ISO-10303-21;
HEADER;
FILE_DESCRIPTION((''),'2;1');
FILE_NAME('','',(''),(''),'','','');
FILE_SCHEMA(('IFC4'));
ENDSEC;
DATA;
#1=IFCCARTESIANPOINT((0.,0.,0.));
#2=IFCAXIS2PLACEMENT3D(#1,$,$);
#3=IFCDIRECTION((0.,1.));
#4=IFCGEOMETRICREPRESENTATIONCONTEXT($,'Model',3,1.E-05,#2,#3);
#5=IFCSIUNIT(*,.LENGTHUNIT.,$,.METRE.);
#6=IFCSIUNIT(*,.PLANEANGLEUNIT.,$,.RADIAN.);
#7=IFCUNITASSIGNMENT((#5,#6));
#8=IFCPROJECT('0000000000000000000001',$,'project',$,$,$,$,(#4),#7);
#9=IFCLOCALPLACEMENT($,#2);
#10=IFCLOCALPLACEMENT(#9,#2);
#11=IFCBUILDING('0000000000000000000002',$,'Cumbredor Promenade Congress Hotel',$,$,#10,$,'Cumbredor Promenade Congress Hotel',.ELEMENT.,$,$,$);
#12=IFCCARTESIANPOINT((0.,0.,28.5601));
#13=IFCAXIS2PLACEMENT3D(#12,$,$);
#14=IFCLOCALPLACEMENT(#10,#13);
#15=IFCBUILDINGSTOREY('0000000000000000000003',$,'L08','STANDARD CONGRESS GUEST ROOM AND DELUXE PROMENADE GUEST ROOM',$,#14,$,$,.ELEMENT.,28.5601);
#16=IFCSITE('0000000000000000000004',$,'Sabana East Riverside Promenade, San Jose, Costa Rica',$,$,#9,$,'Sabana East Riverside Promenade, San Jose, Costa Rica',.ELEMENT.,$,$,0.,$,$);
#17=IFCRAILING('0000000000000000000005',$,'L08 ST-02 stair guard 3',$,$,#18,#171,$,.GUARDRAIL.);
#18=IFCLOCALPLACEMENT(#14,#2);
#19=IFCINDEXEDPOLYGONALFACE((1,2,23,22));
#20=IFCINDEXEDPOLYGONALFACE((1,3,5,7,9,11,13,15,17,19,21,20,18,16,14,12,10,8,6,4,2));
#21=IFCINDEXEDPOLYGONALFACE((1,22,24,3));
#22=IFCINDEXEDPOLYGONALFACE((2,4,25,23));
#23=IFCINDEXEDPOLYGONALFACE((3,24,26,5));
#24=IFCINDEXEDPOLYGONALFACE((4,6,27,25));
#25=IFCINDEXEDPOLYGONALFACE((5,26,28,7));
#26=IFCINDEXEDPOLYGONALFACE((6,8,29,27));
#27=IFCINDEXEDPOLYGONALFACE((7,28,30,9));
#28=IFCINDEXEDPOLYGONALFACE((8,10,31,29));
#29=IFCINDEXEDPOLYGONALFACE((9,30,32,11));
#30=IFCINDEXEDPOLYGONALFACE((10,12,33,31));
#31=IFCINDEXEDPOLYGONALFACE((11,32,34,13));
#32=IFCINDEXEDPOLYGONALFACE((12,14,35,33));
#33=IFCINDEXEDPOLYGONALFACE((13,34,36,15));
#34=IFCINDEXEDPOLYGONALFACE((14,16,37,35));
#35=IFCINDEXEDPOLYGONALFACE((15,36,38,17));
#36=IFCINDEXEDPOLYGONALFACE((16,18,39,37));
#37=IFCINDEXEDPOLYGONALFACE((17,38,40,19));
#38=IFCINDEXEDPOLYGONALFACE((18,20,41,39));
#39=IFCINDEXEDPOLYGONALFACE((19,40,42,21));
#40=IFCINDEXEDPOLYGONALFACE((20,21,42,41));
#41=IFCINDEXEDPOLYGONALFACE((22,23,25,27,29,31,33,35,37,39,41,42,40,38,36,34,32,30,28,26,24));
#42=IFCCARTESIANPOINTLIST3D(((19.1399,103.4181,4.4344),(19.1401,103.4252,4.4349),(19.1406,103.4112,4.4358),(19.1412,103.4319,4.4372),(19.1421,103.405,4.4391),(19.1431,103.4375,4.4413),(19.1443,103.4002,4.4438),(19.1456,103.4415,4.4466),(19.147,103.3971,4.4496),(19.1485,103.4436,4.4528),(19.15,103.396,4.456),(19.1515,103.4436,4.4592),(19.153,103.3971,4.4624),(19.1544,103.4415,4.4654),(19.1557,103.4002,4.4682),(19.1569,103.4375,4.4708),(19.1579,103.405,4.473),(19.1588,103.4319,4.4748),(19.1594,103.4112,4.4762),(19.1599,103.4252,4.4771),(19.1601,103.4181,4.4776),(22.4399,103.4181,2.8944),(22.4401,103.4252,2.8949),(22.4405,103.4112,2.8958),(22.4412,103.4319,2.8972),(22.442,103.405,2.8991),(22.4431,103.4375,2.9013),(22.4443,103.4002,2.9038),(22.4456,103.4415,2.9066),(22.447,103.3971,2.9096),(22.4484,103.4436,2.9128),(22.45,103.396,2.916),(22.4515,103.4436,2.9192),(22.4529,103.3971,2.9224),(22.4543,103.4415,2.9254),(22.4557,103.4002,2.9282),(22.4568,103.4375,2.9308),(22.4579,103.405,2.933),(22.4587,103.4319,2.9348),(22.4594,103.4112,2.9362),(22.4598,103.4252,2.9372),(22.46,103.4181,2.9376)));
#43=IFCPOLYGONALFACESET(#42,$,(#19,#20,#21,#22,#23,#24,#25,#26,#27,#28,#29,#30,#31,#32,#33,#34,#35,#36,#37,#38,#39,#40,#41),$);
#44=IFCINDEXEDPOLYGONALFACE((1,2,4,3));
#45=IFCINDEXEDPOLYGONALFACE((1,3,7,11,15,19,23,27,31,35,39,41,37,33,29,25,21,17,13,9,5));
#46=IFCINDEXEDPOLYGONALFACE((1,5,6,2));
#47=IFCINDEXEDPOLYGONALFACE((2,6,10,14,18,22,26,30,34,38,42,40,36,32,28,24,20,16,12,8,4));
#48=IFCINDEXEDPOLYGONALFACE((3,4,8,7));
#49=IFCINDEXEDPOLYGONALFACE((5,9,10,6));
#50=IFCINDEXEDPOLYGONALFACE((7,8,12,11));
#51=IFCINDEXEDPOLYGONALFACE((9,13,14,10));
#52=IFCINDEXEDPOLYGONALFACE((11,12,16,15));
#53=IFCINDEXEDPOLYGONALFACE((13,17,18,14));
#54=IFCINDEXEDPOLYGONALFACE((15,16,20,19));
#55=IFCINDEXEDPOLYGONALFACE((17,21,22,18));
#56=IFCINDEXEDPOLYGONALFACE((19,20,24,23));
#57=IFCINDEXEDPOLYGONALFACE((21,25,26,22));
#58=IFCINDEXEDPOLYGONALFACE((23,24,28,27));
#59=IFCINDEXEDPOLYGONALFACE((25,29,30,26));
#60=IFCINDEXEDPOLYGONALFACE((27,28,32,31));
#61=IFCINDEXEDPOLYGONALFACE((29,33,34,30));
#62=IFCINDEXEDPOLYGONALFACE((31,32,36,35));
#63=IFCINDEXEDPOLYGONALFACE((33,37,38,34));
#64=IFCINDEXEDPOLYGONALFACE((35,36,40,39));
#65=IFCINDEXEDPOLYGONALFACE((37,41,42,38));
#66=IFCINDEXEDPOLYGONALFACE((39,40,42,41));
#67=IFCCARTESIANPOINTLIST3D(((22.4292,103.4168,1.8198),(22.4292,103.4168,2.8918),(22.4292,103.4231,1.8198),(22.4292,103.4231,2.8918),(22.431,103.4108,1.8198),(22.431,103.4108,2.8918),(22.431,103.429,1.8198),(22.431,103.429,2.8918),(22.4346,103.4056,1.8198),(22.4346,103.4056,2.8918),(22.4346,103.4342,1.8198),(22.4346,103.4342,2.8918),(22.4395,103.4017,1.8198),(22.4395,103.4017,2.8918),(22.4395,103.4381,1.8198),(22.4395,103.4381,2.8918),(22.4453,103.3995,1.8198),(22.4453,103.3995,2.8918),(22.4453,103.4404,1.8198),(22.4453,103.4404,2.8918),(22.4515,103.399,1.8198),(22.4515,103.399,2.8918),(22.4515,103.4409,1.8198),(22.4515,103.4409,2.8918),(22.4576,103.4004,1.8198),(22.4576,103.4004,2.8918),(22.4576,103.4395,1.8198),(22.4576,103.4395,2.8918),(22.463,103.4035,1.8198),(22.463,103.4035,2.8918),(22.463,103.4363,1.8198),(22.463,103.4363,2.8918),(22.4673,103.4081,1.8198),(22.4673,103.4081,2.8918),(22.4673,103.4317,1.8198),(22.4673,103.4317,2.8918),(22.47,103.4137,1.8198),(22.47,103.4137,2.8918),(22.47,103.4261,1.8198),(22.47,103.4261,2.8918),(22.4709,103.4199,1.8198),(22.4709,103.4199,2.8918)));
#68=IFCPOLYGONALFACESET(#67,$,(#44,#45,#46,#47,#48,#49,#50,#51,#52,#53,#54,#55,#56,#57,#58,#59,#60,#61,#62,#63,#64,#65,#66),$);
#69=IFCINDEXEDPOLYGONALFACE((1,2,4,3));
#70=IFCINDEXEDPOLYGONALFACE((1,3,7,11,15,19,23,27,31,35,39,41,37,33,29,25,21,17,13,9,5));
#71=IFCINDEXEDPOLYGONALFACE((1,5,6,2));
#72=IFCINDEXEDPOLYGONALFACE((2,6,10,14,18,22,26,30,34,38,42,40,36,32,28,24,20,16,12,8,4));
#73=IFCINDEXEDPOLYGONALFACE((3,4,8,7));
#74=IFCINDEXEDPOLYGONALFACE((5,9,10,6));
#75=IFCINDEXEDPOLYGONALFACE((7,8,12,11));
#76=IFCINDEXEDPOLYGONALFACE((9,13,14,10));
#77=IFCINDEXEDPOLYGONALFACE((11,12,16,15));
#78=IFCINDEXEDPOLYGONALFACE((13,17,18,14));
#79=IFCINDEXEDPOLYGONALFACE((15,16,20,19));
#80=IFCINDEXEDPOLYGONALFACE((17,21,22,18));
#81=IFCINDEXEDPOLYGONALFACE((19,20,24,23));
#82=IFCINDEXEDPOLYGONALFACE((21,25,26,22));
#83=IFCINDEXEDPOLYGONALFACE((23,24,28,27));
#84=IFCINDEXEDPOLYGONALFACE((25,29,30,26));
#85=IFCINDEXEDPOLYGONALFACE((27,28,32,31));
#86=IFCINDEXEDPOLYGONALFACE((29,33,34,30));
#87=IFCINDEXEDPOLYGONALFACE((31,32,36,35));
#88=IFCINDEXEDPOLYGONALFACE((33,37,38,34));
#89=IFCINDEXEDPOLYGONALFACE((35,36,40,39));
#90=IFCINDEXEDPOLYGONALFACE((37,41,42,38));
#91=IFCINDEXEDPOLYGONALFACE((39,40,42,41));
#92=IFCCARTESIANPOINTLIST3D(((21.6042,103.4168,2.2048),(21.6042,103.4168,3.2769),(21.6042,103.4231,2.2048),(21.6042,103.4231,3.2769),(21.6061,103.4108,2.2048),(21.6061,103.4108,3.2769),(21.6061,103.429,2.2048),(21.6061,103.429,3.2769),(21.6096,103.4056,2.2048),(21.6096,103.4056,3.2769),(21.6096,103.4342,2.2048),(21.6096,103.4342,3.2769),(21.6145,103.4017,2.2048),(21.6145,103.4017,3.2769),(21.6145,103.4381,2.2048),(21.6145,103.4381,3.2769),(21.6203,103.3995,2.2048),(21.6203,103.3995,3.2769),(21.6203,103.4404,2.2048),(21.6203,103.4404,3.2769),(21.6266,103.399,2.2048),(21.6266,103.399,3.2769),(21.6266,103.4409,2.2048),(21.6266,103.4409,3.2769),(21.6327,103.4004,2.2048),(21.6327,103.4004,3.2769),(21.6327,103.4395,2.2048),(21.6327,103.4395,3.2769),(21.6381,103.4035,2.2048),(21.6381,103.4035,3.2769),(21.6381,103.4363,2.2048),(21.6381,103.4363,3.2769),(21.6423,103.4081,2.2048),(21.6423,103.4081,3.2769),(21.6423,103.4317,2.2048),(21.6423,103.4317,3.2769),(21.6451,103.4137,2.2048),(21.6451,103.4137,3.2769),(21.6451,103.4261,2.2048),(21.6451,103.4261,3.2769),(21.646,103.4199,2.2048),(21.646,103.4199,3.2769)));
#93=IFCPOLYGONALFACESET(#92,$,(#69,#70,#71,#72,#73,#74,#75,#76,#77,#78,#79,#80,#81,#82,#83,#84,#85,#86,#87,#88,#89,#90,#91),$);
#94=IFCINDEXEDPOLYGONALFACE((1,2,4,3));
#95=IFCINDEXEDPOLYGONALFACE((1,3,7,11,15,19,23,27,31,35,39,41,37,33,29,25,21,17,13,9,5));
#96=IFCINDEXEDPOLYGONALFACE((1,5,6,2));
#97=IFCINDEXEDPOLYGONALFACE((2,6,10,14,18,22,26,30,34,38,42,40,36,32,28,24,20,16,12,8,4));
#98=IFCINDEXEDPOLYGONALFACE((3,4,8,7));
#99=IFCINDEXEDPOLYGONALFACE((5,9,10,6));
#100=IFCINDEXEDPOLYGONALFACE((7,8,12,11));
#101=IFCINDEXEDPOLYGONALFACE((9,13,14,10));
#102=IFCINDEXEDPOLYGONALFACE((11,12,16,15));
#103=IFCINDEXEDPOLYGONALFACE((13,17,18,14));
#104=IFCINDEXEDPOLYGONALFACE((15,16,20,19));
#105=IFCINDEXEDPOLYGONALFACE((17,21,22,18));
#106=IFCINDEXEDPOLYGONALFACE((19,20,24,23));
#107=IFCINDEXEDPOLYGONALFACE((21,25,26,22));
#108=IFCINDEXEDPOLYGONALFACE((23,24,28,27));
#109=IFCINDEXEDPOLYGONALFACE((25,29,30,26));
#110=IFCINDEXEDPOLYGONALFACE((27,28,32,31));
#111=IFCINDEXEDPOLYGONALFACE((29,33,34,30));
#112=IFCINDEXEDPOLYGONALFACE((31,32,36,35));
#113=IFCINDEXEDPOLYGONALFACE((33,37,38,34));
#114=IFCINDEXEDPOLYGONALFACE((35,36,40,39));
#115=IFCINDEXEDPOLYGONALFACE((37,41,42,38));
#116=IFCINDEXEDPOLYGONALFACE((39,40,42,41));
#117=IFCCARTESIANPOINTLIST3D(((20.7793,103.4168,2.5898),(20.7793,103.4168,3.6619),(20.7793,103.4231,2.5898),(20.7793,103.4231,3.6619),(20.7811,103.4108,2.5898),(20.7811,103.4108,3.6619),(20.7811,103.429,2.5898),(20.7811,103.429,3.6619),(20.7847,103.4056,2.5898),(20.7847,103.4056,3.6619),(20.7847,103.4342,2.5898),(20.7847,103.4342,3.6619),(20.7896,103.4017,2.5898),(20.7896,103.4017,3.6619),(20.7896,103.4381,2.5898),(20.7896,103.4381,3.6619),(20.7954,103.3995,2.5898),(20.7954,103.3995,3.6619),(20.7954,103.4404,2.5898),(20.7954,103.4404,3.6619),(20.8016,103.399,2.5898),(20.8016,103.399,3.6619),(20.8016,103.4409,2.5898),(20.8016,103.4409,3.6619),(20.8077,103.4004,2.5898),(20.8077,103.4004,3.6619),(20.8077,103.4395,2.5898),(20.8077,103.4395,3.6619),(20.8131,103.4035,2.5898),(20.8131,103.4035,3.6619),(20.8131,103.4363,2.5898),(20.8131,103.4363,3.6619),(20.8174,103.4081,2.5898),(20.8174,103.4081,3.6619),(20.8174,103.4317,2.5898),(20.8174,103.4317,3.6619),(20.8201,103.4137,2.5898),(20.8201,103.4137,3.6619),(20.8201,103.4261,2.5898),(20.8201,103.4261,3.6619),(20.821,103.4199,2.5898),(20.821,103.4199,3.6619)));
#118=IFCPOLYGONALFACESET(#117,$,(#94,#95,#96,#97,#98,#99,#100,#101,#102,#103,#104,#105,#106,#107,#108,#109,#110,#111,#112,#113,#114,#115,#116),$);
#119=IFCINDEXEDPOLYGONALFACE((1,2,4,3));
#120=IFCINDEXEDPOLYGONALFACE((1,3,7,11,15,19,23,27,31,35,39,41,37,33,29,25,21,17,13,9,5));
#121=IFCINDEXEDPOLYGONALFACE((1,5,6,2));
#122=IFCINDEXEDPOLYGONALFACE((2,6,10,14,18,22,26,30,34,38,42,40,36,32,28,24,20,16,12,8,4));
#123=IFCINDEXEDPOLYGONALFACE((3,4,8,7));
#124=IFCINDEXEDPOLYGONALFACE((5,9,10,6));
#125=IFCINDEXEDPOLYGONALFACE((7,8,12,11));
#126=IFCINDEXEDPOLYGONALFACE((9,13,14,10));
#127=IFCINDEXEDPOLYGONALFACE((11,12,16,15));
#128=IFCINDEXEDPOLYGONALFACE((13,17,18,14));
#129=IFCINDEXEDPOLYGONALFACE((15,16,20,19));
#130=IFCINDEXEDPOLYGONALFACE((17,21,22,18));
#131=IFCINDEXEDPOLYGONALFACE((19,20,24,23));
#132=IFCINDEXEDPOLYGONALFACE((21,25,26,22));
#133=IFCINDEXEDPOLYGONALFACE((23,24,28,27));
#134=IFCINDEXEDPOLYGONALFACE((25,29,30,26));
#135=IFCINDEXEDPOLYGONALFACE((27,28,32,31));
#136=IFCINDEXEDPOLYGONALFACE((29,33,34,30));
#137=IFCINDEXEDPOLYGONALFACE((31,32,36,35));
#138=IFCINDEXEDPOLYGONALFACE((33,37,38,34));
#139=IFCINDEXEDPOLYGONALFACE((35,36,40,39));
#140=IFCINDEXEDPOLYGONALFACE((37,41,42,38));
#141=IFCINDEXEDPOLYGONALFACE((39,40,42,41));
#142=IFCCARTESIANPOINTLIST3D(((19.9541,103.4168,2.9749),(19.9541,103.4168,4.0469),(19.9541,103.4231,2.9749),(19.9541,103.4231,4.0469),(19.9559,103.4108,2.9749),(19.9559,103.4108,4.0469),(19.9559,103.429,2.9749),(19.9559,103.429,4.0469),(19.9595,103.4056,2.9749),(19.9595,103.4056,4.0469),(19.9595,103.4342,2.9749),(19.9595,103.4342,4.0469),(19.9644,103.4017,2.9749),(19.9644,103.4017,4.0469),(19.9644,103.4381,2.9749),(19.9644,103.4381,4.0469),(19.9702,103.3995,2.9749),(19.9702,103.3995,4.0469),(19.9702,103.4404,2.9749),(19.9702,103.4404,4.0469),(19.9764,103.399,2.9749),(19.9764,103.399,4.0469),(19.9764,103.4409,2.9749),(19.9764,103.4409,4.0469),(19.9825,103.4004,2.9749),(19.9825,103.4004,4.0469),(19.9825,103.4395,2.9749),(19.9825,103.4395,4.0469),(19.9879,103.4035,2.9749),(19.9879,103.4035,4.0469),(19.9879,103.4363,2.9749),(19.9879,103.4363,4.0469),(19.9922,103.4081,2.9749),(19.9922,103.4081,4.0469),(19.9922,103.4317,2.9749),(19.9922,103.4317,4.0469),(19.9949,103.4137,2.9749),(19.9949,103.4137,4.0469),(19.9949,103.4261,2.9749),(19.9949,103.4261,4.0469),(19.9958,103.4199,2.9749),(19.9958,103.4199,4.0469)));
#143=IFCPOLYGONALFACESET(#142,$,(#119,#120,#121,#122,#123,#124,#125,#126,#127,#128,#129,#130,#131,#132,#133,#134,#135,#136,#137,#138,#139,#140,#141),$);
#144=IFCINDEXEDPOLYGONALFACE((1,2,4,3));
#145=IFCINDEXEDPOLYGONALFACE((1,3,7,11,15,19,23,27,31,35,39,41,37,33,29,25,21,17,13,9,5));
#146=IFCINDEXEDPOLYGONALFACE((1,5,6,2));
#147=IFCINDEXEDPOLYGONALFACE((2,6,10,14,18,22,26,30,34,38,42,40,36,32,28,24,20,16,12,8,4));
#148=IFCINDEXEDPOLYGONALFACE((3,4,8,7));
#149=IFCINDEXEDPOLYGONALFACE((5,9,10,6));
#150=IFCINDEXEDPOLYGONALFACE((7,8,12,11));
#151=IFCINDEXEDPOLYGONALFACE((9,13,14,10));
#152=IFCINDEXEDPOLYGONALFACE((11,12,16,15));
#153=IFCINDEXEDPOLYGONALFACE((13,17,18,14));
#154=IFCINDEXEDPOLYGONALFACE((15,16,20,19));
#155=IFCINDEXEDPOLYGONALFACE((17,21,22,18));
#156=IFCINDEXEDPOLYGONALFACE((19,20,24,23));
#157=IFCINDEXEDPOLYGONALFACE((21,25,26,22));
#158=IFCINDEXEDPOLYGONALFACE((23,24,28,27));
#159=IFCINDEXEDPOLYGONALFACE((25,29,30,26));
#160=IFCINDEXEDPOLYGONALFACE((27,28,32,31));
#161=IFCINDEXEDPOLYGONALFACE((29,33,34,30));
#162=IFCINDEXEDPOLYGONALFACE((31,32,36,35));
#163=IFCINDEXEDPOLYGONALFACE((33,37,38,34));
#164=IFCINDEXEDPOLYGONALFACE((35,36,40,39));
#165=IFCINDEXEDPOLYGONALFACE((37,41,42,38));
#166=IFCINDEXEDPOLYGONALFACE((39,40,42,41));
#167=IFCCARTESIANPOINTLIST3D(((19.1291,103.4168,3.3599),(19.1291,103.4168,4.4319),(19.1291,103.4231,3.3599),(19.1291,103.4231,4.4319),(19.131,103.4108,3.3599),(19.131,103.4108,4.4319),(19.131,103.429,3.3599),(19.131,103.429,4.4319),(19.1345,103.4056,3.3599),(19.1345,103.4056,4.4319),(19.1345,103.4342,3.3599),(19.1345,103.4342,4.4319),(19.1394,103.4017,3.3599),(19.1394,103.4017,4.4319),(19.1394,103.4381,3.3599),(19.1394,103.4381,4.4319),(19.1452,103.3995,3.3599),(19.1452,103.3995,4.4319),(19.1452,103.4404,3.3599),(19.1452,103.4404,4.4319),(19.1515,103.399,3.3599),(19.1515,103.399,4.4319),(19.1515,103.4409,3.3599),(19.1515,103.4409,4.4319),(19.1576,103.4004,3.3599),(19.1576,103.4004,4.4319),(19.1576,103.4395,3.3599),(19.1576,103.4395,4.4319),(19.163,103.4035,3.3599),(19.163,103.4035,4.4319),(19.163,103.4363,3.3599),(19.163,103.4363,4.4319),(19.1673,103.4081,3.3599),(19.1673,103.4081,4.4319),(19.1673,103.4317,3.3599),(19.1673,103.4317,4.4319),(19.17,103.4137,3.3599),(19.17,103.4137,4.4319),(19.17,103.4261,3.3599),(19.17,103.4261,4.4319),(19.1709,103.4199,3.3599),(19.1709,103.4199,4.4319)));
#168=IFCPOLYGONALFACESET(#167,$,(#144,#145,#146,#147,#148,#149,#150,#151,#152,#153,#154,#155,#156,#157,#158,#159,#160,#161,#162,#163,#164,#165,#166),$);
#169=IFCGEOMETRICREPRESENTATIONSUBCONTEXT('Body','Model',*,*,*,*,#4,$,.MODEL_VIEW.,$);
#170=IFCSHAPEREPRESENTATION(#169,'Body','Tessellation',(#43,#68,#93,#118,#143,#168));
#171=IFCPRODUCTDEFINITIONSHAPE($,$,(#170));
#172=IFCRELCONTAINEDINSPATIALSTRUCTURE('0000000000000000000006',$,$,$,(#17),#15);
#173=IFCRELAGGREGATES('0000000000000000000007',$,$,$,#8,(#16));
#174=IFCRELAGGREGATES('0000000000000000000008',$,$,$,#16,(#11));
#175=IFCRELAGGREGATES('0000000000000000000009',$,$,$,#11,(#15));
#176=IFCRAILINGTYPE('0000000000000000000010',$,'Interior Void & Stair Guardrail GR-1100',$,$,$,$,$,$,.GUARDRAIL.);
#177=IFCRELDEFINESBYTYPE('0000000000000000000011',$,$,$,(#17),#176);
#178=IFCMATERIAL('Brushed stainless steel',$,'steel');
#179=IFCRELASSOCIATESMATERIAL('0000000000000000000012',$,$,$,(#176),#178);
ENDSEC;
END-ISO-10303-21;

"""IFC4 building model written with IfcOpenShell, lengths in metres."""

from ifc_helpers import new_model, si_unit, direction, frame, origin, origin_2d, place, context, subcontext, project, spatial, circle, extrude, material, type_object, element, save


model = new_model("IFC4")

# Units and contexts
model_context = context("Model", 3, precision=1e-05, world=origin(), true_north=direction((0.0, 1.0)))
body_context = subcontext(model_context, "Body", "Model", "MODEL_VIEW")
ifc_project = project(units=[si_unit("LENGTHUNIT", "METRE"), si_unit("PLANEANGLEUNIT", "RADIAN")], contexts=[model_context])

# Site, building, storey
site_placement = place(None, origin())
site = spatial("IfcSite", under=ifc_project, at=site_placement, Name="Sabana East Riverside Promenade, San Jose, Costa Rica", LongName="Sabana East Riverside Promenade, San Jose, Costa Rica", CompositionType="ELEMENT", RefElevation=0.0)
building_placement = place(site_placement, origin())
building = spatial("IfcBuilding", under=site, at=building_placement, Name="Cumbredor Promenade Congress Hotel", LongName="Cumbredor Promenade Congress Hotel", CompositionType="ELEMENT")
storey_placement = place(building_placement, frame((0.0, 0.0, 28.5601)))
storey = spatial("IfcBuildingStorey", under=building, at=storey_placement, Name="L08", Description="STANDARD CONGRESS GUEST ROOM AND DELUXE PROMENADE GUEST ROOM", CompositionType="ELEMENT", Elevation=28.5601)

# Shared definitions
ifc_material_1 = material(Name="Brushed stainless steel", Category="steel")

# Railing
railing_type_1 = type_object("IfcRailingType", Name="Interior Void & Stair Guardrail GR-1100", PredefinedType="GUARDRAIL", material=ifc_material_1)
railing_1_placement = place(storey_placement, frame((22.45, 103.4199, 1.8198)))
element("IfcRailing", 1, at=railing_1_placement, inside=storey, type_object=railing_type_1, Name="L08 ST-02 stair guard 3", PredefinedType="GUARDRAIL", context=body_context, shape_type="SweptSolid", body=[
    extrude(circle(Radius=0.0239, at=origin_2d()), frame((0.0, 0.0, 1.0962), z_axis=(-0.906181, 0.0, 0.422889), x_axis=(0.0, -1.0, 0.0)), (0.0, 0.0, 1.0), 3.6416),
    extrude(circle(Radius=0.021, at=origin_2d()), origin(), (0.0, 0.0, 1.0), 1.072),
    extrude(circle(Radius=0.021, at=origin_2d()), frame((-0.825, 0.0, 0.385)), (0.0, 0.0, 1.0), 1.072),
    extrude(circle(Radius=0.021, at=origin_2d()), frame((-1.6499, 0.0, 0.77)), (0.0, 0.0, 1.0), 1.072),
    extrude(circle(Radius=0.021, at=origin_2d()), frame((-2.4751, 0.0, 1.155)), (0.0, 0.0, 1.0), 1.072),
    extrude(circle(Radius=0.021, at=origin_2d()), frame((-3.3, 0.0, 1.54)), (0.0, 0.0, 1.0), 1.072),
])

save(model, "model.ifc")
